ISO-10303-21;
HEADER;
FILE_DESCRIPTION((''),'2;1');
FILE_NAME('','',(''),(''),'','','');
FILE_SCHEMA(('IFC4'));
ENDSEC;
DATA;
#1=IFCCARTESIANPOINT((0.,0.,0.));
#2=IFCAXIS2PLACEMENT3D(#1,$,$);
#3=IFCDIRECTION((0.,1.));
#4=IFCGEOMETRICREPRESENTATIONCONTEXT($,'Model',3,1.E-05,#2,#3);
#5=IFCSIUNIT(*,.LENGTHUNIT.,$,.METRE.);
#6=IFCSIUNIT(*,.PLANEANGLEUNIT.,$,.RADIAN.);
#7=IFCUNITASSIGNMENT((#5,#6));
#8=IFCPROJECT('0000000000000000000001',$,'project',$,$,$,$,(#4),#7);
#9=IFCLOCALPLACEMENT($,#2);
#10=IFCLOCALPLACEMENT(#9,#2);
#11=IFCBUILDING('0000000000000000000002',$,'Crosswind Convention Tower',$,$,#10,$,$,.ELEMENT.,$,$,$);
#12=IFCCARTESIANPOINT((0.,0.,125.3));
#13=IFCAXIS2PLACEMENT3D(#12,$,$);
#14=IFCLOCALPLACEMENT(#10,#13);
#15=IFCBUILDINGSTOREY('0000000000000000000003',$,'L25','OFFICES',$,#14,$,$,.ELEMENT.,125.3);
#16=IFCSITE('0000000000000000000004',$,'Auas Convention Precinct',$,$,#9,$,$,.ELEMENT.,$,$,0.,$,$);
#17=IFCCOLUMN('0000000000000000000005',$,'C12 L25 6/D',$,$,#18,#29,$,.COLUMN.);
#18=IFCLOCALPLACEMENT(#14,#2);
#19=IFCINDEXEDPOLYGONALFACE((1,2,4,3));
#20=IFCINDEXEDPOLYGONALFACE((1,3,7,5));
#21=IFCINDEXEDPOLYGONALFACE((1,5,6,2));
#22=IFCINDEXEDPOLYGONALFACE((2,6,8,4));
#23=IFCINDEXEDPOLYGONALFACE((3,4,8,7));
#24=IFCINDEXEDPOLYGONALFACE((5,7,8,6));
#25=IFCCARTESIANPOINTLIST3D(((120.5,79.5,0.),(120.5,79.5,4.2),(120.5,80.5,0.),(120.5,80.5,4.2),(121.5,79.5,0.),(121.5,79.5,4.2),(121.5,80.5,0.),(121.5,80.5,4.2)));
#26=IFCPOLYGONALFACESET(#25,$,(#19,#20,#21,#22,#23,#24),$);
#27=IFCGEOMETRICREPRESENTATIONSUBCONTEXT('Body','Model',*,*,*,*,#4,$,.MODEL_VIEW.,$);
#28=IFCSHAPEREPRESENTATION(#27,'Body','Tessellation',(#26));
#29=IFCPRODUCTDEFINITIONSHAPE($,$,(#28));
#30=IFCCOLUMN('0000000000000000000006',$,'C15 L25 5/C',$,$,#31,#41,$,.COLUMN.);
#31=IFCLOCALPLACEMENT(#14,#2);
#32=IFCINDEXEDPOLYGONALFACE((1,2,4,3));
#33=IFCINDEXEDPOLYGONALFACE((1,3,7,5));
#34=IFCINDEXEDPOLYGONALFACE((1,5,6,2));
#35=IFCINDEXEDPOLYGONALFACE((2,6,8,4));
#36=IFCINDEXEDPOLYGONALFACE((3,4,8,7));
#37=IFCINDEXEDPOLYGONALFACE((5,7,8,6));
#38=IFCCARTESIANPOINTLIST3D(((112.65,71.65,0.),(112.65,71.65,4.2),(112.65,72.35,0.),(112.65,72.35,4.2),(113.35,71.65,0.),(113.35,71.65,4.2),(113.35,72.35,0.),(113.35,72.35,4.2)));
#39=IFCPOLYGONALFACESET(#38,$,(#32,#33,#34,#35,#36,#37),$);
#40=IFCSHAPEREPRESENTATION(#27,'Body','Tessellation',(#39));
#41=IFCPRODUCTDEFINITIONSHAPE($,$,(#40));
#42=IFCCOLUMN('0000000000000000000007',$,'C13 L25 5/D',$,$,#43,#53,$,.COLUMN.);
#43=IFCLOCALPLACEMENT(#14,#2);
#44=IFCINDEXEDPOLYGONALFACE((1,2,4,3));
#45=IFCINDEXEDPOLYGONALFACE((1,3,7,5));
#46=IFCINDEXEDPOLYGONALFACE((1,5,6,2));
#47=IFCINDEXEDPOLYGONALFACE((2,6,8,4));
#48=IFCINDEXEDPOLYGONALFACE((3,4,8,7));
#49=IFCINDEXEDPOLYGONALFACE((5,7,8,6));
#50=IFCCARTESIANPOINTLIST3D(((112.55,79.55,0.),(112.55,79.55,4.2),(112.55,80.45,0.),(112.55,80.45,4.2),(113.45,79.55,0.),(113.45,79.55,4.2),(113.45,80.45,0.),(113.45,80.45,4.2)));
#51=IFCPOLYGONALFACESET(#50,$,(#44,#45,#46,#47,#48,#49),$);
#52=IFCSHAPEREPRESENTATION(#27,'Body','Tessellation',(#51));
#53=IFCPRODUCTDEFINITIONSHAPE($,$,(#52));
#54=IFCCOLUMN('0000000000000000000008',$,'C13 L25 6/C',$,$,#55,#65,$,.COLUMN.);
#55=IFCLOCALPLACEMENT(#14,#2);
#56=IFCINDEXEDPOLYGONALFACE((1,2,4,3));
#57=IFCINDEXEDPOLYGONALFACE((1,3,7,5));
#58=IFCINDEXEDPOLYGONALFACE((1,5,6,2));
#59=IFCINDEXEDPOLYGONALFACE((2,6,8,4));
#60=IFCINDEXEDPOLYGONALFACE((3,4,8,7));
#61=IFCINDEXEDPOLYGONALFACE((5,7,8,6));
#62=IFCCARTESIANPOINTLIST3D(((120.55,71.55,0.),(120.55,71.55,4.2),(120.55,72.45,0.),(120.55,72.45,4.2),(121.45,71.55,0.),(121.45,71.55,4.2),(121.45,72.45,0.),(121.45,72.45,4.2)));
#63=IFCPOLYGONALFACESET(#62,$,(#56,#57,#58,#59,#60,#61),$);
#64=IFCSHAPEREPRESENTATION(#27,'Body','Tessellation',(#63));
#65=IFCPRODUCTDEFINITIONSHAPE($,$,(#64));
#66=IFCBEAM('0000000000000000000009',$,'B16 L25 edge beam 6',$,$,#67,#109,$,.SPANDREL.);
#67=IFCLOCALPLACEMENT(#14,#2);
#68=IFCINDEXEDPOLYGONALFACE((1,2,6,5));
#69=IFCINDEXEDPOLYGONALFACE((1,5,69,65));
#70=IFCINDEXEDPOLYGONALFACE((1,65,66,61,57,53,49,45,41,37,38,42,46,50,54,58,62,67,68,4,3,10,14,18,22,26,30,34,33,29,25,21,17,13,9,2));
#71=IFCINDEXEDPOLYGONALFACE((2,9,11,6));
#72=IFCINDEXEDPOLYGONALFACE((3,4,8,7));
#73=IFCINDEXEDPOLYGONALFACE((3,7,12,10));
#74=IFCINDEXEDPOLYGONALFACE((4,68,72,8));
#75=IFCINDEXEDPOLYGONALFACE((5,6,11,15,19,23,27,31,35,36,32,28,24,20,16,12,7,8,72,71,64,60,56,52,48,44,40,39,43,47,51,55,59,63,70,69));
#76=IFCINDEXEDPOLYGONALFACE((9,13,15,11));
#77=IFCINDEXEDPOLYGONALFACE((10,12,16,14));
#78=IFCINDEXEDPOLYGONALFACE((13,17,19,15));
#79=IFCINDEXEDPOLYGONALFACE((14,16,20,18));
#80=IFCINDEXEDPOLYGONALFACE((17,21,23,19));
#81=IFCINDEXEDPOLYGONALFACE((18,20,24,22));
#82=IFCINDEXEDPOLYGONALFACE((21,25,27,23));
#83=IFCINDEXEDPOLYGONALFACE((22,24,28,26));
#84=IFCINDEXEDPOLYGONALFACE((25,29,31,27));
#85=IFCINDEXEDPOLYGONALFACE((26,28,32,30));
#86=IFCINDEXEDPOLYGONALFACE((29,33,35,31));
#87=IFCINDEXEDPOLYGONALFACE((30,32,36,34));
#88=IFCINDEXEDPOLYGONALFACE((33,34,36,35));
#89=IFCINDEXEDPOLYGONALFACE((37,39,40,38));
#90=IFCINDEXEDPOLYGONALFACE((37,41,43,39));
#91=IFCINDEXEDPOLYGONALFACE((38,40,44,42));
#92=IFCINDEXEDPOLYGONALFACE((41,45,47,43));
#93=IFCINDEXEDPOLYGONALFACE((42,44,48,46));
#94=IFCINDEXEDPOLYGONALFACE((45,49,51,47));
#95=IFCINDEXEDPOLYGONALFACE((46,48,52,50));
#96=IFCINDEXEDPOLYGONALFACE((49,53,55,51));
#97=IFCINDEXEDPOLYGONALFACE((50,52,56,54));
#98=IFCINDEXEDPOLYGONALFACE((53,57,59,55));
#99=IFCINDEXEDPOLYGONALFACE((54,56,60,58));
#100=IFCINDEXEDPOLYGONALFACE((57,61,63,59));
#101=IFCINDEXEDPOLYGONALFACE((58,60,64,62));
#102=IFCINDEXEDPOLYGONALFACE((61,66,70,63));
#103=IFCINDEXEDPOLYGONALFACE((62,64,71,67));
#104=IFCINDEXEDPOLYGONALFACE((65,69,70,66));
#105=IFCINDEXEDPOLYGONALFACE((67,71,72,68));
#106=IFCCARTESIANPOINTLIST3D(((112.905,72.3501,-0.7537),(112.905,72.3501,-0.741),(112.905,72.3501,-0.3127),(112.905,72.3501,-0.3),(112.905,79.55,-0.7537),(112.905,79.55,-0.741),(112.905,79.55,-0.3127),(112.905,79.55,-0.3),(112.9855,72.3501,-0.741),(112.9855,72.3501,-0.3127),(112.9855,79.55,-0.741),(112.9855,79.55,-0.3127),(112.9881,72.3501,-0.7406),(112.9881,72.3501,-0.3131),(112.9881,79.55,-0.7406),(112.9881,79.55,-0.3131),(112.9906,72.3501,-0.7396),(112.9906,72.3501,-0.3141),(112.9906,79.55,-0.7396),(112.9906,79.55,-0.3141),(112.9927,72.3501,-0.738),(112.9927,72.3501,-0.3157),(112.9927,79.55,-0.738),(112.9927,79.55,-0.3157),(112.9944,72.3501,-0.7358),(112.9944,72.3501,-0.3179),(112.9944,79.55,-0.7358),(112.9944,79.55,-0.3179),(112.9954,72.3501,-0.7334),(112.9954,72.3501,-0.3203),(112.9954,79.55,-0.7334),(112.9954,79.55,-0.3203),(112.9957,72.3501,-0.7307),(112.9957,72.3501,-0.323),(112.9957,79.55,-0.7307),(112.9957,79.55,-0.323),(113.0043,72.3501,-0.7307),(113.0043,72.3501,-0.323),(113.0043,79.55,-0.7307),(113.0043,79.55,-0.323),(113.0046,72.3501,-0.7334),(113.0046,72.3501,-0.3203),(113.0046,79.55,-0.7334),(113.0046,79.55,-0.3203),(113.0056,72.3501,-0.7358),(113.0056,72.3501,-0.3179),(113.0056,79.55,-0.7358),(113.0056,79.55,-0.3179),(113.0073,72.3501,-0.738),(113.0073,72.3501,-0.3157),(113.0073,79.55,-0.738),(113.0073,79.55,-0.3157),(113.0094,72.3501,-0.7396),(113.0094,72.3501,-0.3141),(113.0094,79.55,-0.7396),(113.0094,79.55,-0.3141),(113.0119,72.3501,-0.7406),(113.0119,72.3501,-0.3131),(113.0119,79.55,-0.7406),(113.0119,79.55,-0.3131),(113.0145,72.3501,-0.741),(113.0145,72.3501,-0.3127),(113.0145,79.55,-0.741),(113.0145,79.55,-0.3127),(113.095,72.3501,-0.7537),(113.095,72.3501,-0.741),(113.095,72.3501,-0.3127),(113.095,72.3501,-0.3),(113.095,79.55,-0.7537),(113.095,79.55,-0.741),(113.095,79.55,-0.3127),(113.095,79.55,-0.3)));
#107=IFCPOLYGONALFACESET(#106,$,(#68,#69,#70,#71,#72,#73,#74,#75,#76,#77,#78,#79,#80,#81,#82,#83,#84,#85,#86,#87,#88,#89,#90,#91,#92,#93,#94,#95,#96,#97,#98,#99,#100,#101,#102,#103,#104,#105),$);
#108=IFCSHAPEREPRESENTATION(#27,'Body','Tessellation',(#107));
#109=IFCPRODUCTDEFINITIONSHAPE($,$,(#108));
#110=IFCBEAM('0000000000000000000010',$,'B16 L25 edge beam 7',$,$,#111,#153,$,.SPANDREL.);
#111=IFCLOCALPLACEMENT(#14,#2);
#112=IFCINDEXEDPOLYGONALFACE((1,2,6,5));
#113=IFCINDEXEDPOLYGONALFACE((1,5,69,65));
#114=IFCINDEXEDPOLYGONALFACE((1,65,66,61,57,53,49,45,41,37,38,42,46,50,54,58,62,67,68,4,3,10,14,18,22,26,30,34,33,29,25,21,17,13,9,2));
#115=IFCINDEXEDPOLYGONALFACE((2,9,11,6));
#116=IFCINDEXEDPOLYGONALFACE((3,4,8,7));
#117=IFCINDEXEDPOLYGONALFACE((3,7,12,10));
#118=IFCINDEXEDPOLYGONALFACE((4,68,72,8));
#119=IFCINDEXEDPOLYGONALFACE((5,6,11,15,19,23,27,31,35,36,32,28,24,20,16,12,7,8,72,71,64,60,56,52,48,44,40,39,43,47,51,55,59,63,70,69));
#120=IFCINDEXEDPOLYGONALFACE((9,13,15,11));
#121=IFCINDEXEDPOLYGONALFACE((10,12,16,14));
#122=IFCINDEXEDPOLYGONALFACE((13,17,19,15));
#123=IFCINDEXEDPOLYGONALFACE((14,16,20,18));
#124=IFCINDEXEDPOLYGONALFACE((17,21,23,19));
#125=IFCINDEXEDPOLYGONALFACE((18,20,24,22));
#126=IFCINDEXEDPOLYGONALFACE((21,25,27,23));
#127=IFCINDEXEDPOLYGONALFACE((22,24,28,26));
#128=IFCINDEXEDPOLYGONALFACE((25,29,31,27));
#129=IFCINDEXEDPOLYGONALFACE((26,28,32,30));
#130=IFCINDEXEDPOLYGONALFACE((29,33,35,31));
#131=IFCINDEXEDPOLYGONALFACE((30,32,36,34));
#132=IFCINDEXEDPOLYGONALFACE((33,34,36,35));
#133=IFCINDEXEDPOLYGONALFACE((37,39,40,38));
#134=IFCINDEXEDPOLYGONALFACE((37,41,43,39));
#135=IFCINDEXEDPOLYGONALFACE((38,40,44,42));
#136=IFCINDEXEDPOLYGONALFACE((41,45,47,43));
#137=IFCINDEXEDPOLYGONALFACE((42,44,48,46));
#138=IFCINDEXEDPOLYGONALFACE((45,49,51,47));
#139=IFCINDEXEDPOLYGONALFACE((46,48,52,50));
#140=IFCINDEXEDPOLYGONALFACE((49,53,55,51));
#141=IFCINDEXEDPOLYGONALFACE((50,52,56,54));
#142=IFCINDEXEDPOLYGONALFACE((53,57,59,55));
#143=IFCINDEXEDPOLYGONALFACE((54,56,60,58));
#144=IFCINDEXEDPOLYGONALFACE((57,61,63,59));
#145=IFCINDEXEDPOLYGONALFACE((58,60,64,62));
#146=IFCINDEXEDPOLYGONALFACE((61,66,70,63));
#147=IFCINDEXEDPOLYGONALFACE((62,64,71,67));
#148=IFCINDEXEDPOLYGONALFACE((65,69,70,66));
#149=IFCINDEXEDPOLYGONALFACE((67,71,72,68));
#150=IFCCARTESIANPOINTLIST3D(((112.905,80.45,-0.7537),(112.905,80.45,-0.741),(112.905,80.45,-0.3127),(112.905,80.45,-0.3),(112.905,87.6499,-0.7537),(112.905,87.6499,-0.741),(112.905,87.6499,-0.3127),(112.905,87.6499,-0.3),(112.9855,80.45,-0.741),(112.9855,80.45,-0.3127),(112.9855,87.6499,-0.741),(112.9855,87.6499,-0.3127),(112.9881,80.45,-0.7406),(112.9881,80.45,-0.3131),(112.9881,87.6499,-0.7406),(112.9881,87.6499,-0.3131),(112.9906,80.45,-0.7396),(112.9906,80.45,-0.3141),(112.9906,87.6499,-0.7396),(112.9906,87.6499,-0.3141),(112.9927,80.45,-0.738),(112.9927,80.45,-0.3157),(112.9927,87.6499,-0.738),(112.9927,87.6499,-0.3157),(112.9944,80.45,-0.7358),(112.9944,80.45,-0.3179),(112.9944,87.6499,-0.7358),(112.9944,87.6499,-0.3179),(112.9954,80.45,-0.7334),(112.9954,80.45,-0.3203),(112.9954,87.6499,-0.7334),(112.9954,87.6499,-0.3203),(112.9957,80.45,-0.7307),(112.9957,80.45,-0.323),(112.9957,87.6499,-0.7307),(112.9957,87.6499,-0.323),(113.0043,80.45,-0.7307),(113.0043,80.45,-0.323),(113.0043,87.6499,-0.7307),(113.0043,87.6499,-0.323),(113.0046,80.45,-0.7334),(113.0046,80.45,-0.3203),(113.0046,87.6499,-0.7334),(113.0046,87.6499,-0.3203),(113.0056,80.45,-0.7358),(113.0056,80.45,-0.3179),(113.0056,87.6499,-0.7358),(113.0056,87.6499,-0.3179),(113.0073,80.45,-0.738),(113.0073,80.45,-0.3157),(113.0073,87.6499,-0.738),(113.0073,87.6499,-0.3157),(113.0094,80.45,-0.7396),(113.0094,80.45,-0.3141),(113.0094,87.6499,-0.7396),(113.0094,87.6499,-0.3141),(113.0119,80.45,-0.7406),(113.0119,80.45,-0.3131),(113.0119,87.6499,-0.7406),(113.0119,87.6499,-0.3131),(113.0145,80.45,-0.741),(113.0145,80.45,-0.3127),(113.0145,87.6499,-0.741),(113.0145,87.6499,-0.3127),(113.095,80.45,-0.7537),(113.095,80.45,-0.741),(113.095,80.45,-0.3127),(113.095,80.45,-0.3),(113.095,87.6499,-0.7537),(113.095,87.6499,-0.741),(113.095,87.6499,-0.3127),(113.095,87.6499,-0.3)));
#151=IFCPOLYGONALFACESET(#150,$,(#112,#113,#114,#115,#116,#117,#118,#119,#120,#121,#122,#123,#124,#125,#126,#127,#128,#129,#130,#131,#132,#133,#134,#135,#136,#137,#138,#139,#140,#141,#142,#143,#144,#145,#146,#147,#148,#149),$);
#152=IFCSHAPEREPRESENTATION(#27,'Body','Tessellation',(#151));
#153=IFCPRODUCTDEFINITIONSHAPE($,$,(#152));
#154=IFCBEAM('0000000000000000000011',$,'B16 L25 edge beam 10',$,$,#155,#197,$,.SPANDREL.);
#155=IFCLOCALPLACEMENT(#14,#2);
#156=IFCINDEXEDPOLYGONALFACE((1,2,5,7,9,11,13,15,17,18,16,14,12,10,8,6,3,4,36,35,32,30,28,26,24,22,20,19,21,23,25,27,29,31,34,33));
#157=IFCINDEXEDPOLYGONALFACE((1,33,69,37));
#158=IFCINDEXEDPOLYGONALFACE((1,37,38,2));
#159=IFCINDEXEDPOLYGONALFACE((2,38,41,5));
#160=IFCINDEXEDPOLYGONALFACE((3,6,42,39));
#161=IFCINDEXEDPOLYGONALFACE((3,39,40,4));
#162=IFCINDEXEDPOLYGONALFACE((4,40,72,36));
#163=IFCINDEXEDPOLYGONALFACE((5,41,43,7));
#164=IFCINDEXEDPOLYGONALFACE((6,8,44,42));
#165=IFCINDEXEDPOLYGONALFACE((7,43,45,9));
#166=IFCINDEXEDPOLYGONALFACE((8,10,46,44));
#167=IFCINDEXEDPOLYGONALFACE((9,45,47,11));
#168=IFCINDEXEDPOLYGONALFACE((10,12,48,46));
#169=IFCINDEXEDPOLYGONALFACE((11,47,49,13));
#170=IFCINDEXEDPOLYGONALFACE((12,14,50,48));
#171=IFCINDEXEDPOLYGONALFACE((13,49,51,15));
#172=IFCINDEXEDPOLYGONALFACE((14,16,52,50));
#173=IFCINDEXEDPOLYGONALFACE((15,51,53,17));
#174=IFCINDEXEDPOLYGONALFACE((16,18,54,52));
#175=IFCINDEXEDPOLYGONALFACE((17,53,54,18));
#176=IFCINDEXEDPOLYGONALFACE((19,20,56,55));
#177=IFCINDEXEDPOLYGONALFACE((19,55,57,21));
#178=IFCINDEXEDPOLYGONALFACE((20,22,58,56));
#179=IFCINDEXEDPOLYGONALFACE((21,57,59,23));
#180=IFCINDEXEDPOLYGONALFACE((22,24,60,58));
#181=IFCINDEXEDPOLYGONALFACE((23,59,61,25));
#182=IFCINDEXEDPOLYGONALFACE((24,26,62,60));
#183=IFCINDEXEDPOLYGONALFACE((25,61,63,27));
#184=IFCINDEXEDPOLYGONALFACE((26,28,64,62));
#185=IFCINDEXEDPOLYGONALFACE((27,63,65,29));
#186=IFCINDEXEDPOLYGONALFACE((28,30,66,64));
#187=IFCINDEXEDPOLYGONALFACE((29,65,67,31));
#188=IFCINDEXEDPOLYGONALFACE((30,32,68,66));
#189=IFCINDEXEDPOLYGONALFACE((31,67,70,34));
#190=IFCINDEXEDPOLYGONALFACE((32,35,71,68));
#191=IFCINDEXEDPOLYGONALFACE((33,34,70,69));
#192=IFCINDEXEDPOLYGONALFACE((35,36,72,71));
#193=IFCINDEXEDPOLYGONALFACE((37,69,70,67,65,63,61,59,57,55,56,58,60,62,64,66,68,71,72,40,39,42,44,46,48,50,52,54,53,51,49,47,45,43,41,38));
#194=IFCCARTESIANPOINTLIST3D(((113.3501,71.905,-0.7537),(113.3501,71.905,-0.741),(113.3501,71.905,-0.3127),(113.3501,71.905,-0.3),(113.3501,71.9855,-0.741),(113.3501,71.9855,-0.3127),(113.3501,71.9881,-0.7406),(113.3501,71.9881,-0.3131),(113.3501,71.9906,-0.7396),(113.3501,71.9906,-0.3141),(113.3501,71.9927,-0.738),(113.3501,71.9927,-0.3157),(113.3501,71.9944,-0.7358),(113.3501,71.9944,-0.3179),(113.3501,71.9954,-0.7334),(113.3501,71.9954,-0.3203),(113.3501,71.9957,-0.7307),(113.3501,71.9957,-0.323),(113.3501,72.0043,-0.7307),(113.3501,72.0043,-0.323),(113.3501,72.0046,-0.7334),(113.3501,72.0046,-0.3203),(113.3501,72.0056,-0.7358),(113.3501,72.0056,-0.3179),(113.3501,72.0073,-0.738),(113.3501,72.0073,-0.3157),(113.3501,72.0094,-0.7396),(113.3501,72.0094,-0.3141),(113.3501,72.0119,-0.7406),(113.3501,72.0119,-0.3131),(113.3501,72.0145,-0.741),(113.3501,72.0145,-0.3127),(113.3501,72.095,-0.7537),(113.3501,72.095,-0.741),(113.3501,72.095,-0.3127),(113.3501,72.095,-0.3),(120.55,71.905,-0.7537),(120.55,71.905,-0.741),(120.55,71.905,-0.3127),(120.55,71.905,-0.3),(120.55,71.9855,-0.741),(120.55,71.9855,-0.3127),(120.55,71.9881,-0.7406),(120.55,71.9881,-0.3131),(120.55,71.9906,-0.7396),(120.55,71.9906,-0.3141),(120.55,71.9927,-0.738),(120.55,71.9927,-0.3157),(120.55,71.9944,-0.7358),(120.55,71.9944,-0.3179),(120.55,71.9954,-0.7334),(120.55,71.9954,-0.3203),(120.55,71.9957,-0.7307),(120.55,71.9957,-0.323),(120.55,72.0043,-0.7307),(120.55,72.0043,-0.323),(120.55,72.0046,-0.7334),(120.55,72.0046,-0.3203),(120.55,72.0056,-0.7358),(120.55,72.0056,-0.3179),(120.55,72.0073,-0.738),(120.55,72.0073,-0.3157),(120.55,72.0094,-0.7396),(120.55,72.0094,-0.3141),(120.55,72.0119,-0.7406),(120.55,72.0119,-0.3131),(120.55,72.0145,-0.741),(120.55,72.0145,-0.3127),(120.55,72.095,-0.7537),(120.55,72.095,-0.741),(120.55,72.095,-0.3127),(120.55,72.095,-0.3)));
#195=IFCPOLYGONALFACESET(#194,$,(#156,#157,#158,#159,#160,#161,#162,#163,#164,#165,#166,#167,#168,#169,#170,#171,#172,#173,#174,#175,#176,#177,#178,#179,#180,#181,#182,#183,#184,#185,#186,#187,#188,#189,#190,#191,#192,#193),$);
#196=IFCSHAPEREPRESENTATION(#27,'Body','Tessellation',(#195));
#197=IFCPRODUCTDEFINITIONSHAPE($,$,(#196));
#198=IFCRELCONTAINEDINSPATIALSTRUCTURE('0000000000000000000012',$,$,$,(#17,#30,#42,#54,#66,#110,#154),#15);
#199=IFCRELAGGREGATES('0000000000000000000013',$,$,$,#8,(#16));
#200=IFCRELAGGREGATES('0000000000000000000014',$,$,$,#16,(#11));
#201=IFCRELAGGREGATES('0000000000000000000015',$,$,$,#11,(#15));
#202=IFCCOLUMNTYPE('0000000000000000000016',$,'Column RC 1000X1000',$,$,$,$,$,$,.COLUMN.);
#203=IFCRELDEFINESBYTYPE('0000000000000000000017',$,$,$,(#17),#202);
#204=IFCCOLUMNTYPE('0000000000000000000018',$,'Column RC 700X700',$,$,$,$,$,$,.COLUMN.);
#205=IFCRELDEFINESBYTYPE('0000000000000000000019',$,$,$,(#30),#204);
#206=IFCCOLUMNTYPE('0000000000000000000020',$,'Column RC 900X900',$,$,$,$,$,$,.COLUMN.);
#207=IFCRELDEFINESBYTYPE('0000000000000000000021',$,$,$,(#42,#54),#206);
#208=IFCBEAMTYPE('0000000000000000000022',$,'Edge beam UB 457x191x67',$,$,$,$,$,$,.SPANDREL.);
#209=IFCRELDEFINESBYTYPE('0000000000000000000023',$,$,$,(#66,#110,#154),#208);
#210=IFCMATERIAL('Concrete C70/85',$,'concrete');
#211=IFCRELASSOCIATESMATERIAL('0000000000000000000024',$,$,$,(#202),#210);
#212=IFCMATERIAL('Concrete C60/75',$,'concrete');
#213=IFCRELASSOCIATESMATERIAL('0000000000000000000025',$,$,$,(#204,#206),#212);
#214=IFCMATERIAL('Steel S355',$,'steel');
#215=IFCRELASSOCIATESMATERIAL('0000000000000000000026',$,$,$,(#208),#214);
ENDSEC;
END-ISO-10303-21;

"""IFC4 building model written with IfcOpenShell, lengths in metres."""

from ifc_helpers import new_model, si_unit, direction, frame, origin, origin_2d, place, context, subcontext, project, spatial, rectangle, i_section, extrude, material, material_profile, profile_set, type_object, element, save


model = new_model("IFC4")

# Units and contexts
model_context = context("Model", 3, precision=1e-05, world=origin(), true_north=direction((0.0, 1.0)))
body_context = subcontext(model_context, "Body", "Model", "MODEL_VIEW")
ifc_project = project(units=[si_unit("LENGTHUNIT", "METRE"), si_unit("PLANEANGLEUNIT", "RADIAN")], contexts=[model_context])

# Site, building, storey
site_placement = place(None, origin())
site = spatial("IfcSite", under=ifc_project, at=site_placement, Name="Auas Convention Precinct", CompositionType="ELEMENT", RefElevation=0.0)
building_placement = place(site_placement, origin())
building = spatial("IfcBuilding", under=site, at=building_placement, Name="Crosswind Convention Tower", CompositionType="ELEMENT")
storey_placement = place(building_placement, frame((0.0, 0.0, 125.3)))
storey = spatial("IfcBuildingStorey", under=building, at=storey_placement, Name="L25", Description="OFFICES", CompositionType="ELEMENT", Elevation=125.3)

# Columns
ifc_material_1 = material(Name="Concrete C70/85", Category="concrete")
ifc_material_profile_1 = material_profile(ifc_material_1, rectangle(XDim=1.0, YDim=1.0, at=origin_2d()), Name="RC 1000X1000")
ifc_profile_set_1 = profile_set([ifc_material_profile_1], Name="Concrete C70/85")
column_type_1 = type_object("IfcColumnType", Name="Column RC 1000X1000", PredefinedType="COLUMN", material=ifc_profile_set_1)
column_1_placement = place(storey_placement, frame((121.0, 80.0, 0.0), z_axis=(0.0, 0.0, 1.0), x_axis=(1.0, 0.0, 0.0)))
element("IfcColumn", 1, at=column_1_placement, inside=storey, type_object=column_type_1, Name="C12 L25 6/D", PredefinedType="COLUMN", context=body_context, shape_type="SweptSolid", body=[
    extrude(rectangle(XDim=1.0, YDim=1.0, at=origin_2d()), origin(), (0.0, 0.0, 1.0), 4.2),
])
ifc_material_2 = material(Name="Concrete C60/75", Category="concrete")
ifc_material_profile_2 = material_profile(ifc_material_2, rectangle(XDim=0.7, YDim=0.7, at=origin_2d()), Name="RC 700X700")
ifc_profile_set_2 = profile_set([ifc_material_profile_2], Name="Concrete C60/75")
column_type_2 = type_object("IfcColumnType", Name="Column RC 700X700", PredefinedType="COLUMN", material=ifc_profile_set_2)
column_2_placement = place(storey_placement, frame((113.0, 72.0, 0.0), z_axis=(0.0, 0.0, 1.0), x_axis=(1.0, 0.0, 0.0)))
element("IfcColumn", 2, at=column_2_placement, inside=storey, type_object=column_type_2, Name="C15 L25 5/C", PredefinedType="COLUMN", context=body_context, shape_type="SweptSolid", body=[
    extrude(rectangle(XDim=0.7, YDim=0.7, at=origin_2d()), origin(), (0.0, 0.0, 1.0), 4.2),
])
ifc_material_profile_3 = material_profile(ifc_material_2, rectangle(XDim=0.8999, YDim=0.8999, at=origin_2d()), Name="RC 900X900")
ifc_profile_set_3 = profile_set([ifc_material_profile_3], Name="Concrete C60/75")
column_type_3 = type_object("IfcColumnType", Name="Column RC 900X900", PredefinedType="COLUMN", material=ifc_profile_set_3)
for number, where, z_axis, x_axis, name in (
    (3, (113.0, 80.0, 0.0), (0.0, 0.0, 1.0), (1.0, 0.0, 0.0), "C13 L25 5/D"),
    (4, (121.0, 72.0, 0.0), (0.0, 0.0, 1.0), (1.0, 0.0, 0.0), "C13 L25 6/C"),
):
    element("IfcColumn", number, at=place(storey_placement, frame(where, z_axis=z_axis, x_axis=x_axis)), inside=storey, type_object=column_type_3, Name=name, PredefinedType="COLUMN", context=body_context, shape_type="SweptSolid", body=[
        extrude(rectangle(XDim=0.8999, YDim=0.8999, at=origin_2d()), origin(), (0.0, 0.0, 1.0), 4.2),
    ])

# Beams
ifc_material_3 = material(Name="Steel S355", Category="steel")
ifc_material_profile_4 = material_profile(ifc_material_3, i_section(OverallWidth=0.1899, OverallDepth=0.4536, WebThickness=0.0085, FlangeThickness=0.0127, FilletRadius=0.0103, at=origin_2d()), Name="UB 457x191x67")
ifc_profile_set_4 = profile_set([ifc_material_profile_4], Name="Steel S355")
beam_type_1 = type_object("IfcBeamType", Name="Edge beam UB 457x191x67", PredefinedType="SPANDREL", material=ifc_profile_set_4)
for number, where, z_axis, x_axis, name in (
    (5, (113.0, 72.3501, -0.5269), (0.0, 1.0, 0.0), (-1.0, 0.0, 0.0), "B16 L25 edge beam 6"),
    (6, (113.0, 80.45, -0.5269), (0.0, 1.0, 0.0), (-1.0, 0.0, 0.0), "B16 L25 edge beam 7"),
    (7, (113.3501, 72.0, -0.5269), (1.0, 0.0, 0.0), (0.0, 1.0, 0.0), "B16 L25 edge beam 10"),
):
    element("IfcBeam", number, at=place(storey_placement, frame(where, z_axis=z_axis, x_axis=x_axis)), inside=storey, type_object=beam_type_1, Name=name, PredefinedType="SPANDREL", context=body_context, shape_type="SweptSolid", body=[
        extrude(i_section(OverallWidth=0.1899, OverallDepth=0.4536, WebThickness=0.0085, FlangeThickness=0.0127, FilletRadius=0.0103, at=origin_2d()), origin(), (0.0, 0.0, 1.0), 7.2),
    ])

save(model, "model.ifc")
